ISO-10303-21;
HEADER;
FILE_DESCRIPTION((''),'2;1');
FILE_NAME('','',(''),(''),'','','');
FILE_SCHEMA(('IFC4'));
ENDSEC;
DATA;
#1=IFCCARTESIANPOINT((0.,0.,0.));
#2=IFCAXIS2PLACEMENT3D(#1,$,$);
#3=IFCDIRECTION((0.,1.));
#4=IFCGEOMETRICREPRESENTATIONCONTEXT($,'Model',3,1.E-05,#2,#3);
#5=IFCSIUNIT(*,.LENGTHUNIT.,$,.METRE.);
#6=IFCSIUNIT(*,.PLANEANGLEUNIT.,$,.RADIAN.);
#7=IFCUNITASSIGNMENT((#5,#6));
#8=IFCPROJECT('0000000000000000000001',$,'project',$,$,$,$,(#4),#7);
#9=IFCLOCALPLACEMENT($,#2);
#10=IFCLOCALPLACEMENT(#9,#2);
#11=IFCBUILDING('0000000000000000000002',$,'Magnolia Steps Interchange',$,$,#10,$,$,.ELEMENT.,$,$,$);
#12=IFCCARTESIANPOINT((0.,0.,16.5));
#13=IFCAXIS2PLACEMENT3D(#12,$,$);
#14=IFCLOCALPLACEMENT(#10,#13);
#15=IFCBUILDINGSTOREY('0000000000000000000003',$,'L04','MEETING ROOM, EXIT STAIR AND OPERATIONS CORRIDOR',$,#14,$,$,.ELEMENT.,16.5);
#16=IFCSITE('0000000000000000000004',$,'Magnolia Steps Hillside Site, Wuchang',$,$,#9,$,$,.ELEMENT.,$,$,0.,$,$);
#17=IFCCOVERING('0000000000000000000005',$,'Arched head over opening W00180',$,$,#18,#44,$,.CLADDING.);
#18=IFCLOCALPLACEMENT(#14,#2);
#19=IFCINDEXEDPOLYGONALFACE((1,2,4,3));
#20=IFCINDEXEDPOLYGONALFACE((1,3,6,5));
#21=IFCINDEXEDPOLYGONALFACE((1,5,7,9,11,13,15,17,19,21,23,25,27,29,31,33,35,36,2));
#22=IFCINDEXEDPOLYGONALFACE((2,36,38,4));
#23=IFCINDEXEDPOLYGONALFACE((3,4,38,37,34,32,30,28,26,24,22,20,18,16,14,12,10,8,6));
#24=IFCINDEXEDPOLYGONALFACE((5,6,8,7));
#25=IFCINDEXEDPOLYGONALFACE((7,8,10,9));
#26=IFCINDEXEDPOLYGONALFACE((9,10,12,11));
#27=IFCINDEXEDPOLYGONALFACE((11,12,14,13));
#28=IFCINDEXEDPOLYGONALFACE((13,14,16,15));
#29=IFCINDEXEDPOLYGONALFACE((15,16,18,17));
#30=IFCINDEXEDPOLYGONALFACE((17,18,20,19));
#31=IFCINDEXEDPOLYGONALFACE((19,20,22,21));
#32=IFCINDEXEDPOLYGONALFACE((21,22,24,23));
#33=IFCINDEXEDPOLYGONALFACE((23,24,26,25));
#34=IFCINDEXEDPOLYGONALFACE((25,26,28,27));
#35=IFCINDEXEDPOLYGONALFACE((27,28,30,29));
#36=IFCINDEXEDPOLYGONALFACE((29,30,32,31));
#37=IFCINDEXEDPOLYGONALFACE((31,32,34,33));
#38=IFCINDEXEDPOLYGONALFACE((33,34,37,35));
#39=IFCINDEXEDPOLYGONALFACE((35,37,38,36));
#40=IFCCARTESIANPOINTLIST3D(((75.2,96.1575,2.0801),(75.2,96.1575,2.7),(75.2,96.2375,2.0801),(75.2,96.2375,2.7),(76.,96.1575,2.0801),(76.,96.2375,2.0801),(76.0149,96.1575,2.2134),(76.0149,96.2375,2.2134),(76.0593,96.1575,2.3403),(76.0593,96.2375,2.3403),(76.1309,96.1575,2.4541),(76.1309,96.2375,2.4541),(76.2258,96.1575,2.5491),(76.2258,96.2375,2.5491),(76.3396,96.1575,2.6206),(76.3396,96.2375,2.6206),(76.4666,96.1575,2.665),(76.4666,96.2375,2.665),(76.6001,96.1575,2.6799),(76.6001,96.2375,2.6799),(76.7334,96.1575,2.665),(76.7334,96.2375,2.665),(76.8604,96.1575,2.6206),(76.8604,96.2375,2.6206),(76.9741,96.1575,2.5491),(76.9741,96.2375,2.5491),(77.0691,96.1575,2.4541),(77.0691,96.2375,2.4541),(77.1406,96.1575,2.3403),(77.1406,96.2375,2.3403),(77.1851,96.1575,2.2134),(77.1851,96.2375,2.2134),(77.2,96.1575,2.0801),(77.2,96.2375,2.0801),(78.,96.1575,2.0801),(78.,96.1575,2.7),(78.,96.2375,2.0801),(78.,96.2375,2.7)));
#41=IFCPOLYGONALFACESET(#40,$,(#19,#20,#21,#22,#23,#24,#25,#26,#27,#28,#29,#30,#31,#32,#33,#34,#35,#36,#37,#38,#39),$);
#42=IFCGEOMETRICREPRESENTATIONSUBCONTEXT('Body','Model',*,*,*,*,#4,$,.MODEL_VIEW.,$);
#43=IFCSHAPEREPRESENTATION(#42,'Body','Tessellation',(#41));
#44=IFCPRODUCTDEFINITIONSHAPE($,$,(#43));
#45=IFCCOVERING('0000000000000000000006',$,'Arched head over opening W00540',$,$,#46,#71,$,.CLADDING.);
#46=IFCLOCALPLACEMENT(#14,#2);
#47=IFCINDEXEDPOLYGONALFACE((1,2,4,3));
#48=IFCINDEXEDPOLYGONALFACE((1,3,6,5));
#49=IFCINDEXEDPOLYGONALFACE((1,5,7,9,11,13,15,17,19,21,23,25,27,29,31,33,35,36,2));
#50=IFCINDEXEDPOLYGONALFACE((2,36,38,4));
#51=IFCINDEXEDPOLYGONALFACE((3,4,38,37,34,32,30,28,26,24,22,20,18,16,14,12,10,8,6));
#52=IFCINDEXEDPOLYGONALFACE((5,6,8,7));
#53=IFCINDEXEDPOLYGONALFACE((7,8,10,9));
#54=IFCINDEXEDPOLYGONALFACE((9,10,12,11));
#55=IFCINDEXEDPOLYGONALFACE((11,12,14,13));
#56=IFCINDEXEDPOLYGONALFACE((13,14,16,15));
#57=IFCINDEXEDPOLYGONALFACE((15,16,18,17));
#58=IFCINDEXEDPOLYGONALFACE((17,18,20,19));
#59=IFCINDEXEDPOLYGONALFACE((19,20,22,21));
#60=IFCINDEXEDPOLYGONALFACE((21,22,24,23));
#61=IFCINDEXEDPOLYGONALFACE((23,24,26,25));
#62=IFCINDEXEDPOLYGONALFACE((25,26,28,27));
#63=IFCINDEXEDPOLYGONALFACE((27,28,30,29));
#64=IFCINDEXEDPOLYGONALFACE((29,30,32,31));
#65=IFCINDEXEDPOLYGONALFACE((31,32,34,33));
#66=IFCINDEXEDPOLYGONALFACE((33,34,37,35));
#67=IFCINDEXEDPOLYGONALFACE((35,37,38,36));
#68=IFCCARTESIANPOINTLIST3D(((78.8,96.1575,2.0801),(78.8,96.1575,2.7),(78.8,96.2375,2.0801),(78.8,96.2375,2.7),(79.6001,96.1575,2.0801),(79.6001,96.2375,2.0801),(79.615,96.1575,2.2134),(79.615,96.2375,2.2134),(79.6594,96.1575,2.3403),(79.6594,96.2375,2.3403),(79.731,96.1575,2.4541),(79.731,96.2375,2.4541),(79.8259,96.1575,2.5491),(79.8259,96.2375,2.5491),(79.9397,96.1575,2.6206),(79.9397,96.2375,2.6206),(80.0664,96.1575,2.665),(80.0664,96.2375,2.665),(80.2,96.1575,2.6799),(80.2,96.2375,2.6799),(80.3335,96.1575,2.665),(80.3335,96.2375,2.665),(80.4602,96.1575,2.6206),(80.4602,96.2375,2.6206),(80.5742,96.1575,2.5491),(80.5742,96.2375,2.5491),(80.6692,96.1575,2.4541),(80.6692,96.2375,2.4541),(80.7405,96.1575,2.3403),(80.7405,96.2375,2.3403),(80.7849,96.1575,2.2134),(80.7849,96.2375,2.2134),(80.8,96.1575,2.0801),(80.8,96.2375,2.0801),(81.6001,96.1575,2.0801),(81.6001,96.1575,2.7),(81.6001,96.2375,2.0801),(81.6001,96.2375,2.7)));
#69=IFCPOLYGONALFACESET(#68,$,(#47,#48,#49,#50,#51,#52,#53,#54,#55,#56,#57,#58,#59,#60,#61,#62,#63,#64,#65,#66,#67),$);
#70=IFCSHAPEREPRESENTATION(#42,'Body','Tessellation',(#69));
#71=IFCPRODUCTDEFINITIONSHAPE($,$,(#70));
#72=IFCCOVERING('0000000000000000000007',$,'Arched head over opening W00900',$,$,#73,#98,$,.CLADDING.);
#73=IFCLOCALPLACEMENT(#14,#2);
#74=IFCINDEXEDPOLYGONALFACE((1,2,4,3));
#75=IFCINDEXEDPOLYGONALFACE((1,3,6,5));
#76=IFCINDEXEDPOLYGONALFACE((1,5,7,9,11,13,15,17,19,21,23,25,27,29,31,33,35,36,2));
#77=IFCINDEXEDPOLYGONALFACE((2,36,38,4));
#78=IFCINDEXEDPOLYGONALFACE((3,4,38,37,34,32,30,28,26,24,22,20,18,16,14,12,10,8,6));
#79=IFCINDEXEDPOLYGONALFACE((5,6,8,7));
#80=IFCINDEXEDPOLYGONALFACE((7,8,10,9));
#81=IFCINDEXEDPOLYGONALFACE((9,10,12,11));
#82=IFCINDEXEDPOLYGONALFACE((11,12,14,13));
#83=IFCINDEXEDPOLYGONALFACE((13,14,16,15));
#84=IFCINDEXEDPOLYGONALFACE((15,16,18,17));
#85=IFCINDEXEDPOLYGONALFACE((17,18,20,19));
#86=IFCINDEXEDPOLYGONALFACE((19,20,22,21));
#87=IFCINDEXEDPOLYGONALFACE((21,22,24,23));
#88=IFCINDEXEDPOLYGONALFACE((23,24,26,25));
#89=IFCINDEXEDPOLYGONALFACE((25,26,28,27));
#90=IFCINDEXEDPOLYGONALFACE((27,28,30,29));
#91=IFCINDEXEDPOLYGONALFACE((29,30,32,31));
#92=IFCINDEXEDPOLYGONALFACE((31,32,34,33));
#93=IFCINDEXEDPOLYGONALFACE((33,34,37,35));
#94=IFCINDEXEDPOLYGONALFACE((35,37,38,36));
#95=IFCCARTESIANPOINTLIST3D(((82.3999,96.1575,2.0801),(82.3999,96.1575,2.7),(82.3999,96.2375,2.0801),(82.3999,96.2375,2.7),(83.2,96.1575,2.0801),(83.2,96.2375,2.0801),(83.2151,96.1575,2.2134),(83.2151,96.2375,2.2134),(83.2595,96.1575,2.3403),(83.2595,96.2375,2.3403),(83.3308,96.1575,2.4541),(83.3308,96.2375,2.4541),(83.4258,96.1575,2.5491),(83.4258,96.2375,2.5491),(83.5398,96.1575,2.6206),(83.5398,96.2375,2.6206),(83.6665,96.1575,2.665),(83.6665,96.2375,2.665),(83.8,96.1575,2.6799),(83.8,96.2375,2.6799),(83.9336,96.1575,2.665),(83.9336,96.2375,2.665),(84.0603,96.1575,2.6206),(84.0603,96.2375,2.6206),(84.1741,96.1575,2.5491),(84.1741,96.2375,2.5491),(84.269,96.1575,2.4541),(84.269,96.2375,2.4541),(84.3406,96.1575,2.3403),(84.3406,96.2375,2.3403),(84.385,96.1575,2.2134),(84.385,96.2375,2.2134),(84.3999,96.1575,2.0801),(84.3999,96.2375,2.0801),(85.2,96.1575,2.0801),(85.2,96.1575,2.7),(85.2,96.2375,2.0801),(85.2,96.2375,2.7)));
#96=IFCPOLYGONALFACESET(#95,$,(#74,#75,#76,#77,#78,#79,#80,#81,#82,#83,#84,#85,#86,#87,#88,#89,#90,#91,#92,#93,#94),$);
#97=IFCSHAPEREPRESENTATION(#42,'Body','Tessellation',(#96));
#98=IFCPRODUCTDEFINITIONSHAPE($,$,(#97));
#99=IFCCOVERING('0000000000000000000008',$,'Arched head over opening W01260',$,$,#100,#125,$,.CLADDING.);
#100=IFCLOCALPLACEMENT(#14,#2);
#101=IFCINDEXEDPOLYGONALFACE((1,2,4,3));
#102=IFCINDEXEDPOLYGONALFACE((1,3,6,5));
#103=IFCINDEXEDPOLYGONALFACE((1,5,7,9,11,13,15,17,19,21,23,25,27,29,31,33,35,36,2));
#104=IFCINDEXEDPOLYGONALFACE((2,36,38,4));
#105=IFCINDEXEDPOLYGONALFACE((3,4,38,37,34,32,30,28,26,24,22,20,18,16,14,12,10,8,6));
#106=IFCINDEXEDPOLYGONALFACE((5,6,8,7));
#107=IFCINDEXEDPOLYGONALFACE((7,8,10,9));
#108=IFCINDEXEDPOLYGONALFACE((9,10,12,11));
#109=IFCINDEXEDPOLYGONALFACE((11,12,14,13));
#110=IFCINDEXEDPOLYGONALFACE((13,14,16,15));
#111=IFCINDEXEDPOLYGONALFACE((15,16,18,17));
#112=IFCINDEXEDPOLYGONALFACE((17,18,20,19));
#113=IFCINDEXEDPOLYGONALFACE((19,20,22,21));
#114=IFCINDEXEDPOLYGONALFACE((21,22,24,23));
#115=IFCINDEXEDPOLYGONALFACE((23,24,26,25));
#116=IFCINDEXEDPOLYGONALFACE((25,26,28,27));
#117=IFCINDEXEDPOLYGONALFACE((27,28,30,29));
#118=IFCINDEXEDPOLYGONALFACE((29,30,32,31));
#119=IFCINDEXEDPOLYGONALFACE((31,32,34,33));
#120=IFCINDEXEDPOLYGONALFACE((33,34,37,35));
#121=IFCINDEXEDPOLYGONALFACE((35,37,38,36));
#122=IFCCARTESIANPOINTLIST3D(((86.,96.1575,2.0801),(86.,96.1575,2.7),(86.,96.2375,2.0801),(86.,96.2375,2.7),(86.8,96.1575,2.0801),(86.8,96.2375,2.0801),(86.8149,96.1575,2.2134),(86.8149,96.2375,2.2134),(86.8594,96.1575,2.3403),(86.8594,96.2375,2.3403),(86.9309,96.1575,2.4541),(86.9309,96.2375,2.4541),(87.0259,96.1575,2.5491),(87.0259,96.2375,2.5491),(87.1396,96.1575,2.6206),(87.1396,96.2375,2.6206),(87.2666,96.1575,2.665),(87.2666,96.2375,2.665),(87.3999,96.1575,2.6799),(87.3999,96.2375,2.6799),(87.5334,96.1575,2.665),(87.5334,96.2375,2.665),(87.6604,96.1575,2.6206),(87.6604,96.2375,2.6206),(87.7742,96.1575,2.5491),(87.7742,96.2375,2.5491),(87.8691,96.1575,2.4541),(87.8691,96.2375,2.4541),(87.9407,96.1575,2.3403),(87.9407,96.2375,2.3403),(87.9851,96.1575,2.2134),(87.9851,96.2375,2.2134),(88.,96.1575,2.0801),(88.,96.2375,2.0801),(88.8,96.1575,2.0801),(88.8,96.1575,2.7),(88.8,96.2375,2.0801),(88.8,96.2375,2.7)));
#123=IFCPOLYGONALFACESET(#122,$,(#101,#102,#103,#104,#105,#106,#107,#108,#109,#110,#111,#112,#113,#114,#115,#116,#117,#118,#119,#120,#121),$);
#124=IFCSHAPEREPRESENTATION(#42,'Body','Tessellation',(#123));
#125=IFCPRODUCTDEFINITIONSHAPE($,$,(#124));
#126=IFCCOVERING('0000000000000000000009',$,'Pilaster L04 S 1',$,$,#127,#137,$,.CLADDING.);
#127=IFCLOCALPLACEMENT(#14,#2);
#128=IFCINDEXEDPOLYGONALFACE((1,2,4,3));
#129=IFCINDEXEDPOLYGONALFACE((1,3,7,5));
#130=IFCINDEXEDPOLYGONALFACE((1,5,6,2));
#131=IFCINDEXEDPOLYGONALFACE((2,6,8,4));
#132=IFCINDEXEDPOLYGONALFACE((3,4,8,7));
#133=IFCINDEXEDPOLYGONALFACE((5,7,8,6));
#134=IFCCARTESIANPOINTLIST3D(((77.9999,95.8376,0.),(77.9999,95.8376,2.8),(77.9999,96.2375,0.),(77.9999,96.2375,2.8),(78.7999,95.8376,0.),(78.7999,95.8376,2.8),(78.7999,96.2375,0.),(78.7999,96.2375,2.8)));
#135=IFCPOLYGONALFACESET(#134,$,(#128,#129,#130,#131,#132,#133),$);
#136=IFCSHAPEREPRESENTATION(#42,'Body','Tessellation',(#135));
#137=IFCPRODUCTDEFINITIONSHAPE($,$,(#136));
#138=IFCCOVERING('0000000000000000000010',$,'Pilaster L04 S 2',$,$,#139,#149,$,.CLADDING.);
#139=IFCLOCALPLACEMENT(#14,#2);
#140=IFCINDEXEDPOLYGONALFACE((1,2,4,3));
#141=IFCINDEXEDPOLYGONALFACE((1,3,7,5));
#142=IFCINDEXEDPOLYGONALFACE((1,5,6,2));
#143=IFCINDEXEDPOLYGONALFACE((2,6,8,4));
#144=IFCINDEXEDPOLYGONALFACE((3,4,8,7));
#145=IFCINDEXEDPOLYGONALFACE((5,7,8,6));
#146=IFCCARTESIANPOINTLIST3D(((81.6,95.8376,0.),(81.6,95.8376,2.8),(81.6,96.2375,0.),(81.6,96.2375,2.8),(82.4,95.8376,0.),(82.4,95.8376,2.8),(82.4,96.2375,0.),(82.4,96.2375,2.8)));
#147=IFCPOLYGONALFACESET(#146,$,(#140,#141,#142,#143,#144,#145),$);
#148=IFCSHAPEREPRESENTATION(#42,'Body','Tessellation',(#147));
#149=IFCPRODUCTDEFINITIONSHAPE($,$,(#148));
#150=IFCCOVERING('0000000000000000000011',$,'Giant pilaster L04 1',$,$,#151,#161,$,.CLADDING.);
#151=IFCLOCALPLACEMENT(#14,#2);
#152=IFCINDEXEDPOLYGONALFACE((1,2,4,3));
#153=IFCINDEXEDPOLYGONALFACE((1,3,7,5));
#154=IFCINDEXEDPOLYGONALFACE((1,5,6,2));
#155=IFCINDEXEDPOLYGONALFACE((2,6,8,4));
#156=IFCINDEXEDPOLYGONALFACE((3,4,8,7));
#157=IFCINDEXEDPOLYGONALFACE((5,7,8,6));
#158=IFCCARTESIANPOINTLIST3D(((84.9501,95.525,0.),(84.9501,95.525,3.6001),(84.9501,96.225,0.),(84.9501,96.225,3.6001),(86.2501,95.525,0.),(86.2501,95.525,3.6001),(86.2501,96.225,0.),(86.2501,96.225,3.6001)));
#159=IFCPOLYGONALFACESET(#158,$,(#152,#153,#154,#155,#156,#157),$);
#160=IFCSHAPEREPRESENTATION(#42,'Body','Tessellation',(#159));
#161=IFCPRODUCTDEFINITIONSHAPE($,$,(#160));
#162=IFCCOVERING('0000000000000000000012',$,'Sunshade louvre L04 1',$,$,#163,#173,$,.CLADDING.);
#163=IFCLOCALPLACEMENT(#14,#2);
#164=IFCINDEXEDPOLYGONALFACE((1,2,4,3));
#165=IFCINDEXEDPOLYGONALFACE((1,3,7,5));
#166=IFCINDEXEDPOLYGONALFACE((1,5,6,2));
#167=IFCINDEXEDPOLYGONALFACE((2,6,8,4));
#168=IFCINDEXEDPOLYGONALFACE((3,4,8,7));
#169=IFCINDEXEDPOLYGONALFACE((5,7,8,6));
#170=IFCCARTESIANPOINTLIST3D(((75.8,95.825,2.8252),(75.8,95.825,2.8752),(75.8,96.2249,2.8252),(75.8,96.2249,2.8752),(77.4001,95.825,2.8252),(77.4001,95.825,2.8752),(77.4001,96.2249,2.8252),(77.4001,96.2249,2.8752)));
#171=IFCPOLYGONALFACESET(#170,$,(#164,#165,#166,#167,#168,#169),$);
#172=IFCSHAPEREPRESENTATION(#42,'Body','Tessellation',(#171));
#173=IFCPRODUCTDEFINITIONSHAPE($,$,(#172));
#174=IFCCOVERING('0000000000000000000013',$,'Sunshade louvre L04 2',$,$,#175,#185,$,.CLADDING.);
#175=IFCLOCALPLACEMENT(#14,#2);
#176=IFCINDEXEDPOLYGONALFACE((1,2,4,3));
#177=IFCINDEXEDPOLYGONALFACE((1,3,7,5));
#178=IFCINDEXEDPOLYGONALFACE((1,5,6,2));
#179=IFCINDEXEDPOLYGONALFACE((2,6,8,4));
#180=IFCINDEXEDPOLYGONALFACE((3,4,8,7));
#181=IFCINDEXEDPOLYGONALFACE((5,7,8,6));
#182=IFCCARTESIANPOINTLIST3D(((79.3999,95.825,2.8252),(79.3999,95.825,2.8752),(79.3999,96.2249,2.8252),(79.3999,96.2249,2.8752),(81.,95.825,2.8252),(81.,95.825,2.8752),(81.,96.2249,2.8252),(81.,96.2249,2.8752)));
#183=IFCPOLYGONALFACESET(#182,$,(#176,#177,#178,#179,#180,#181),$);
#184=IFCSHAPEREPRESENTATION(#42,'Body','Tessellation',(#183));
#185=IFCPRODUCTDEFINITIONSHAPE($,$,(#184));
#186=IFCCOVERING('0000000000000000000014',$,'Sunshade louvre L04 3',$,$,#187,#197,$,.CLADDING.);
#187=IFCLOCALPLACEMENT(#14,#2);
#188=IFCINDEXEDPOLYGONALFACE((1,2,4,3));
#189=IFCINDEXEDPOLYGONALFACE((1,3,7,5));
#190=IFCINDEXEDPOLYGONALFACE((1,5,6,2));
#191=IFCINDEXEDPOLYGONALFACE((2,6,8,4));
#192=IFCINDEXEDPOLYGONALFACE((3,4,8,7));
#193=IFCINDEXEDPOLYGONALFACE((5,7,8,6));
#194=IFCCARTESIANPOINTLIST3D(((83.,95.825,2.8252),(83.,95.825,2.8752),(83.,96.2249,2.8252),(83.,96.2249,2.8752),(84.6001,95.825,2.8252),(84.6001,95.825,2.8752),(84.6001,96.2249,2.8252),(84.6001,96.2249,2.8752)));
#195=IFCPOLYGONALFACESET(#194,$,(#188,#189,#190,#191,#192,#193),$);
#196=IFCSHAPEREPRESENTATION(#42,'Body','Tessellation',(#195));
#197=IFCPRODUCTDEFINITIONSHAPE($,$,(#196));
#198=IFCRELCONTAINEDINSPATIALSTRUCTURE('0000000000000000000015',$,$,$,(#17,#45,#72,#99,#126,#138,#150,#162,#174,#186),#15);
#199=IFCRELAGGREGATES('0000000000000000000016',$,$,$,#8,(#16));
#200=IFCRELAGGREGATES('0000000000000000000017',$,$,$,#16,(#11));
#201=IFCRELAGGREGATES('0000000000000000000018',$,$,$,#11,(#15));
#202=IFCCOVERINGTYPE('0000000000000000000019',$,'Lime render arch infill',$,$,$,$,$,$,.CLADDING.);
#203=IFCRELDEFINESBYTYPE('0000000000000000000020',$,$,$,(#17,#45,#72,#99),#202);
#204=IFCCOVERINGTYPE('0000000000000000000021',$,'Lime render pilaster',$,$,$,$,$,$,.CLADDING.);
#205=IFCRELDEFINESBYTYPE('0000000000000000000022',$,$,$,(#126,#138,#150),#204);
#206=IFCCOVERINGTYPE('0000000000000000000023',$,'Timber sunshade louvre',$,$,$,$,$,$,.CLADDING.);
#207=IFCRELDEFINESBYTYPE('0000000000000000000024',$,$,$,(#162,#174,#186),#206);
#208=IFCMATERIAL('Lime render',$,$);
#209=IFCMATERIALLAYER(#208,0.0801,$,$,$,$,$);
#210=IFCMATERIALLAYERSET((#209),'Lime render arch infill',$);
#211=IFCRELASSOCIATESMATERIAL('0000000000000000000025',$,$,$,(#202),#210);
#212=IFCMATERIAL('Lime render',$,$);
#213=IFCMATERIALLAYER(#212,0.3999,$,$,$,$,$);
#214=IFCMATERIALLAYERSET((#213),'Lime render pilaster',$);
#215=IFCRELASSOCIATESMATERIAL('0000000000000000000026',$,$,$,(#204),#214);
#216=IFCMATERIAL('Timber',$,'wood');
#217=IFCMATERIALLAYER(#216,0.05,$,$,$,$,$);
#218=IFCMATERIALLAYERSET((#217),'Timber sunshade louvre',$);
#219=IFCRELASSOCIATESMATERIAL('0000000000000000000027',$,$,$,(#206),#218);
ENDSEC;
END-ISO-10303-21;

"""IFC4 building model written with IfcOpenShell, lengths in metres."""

from ifc_helpers import new_model, si_unit, direction, frame, origin, origin_2d, place, context, subcontext, project, spatial, polyline, rectangle, outline, extrude, material, layer, layer_set, type_object, element, save


model = new_model("IFC4")

# Units and contexts
model_context = context("Model", 3, precision=1e-05, world=origin(), true_north=direction((0.0, 1.0)))
body_context = subcontext(model_context, "Body", "Model", "MODEL_VIEW")
ifc_project = project(units=[si_unit("LENGTHUNIT", "METRE"), si_unit("PLANEANGLEUNIT", "RADIAN")], contexts=[model_context])

# Site, building, storey
site_placement = place(None, origin())
site = spatial("IfcSite", under=ifc_project, at=site_placement, Name="Magnolia Steps Hillside Site, Wuchang", CompositionType="ELEMENT", RefElevation=0.0)
building_placement = place(site_placement, origin())
building = spatial("IfcBuilding", under=site, at=building_placement, Name="Magnolia Steps Interchange", CompositionType="ELEMENT")
storey_placement = place(building_placement, frame((0.0, 0.0, 16.5)))
storey = spatial("IfcBuildingStorey", under=building, at=storey_placement, Name="L04", Description="MEETING ROOM, EXIT STAIR AND OPERATIONS CORRIDOR", CompositionType="ELEMENT", Elevation=16.5)

# Coverings
ifc_material_1 = material(Name="Lime render")
ifc_layer_1 = layer(ifc_material_1, 0.0801)
ifc_layer_set_1 = layer_set([ifc_layer_1], Name="Lime render arch infill")
covering_type_1 = type_object("IfcCoveringType", Name="Lime render arch infill", PredefinedType="CLADDING", material=ifc_layer_set_1)
covering_1_placement = place(storey_placement, frame((75.2, 96.2375, 2.0801), z_axis=(0.0, 1.0, 0.0), x_axis=(0.0, 0.0, 1.0)))
element("IfcCovering", 1, at=covering_1_placement, inside=storey, type_object=covering_type_1, Name="Arched head over opening W00180", PredefinedType="CLADDING", context=body_context, shape_type="SweptSolid", body=[
    extrude(outline(polyline([(0.0, 0.0), (0.6199, 0.0), (0.6199, 2.8), (0.0, 2.8), (0.0, 2.0), (0.1333, 1.9851), (0.2603, 1.9407), (0.374, 1.8691), (0.469, 1.7742), (0.5405, 1.6604), (0.585, 1.5334), (0.5999, 1.4001), (0.585, 1.2666), (0.5405, 1.1396), (0.469, 1.0259), (0.374, 0.9309), (0.2603, 0.8594), (0.1333, 0.8149), (0.0, 0.8), (0.0, 0.0)])), origin(), (0.0, 0.0, -1.0), 0.0801),
])
covering_2_placement = place(storey_placement, frame((78.8, 96.2375, 2.0801), z_axis=(0.0, 1.0, 0.0), x_axis=(0.0, 0.0, 1.0)))
element("IfcCovering", 2, at=covering_2_placement, inside=storey, type_object=covering_type_1, Name="Arched head over opening W00540", PredefinedType="CLADDING", context=body_context, shape_type="SweptSolid", body=[
    extrude(outline(polyline([(0.0, 0.0), (0.6199, 0.0), (0.6199, 2.8), (0.0, 2.8), (0.0, 2.0), (0.1333, 1.9849), (0.2603, 1.9404), (0.374, 1.8691), (0.469, 1.7742), (0.5405, 1.6602), (0.585, 1.5334), (0.5999, 1.3999), (0.585, 1.2664), (0.5405, 1.1396), (0.469, 1.0259), (0.374, 0.9309), (0.2603, 0.8594), (0.1333, 0.8149), (0.0, 0.8), (0.0, 0.0)])), origin(), (0.0, 0.0, -1.0), 0.0801),
])
covering_3_placement = place(storey_placement, frame((82.3999, 96.2375, 2.0801), z_axis=(0.0, 1.0, 0.0), x_axis=(0.0, 0.0, 1.0)))
element("IfcCovering", 3, at=covering_3_placement, inside=storey, type_object=covering_type_1, Name="Arched head over opening W00900", PredefinedType="CLADDING", context=body_context, shape_type="SweptSolid", body=[
    extrude(outline(polyline([(0.0, 0.0), (0.6199, 0.0), (0.6199, 2.8), (0.0, 2.8), (0.0, 2.0), (0.1333, 1.9851), (0.2603, 1.9407), (0.374, 1.8691), (0.469, 1.7742), (0.5405, 1.6604), (0.585, 1.5337), (0.5999, 1.4001), (0.585, 1.2666), (0.5405, 1.1399), (0.469, 1.0259), (0.374, 0.9309), (0.2603, 0.8596), (0.1333, 0.8152), (0.0, 0.8), (0.0, 0.0)])), origin(), (0.0, 0.0, -1.0), 0.0801),
])
covering_4_placement = place(storey_placement, frame((86.0, 96.2375, 2.0801), z_axis=(0.0, 1.0, 0.0), x_axis=(0.0, 0.0, 1.0)))
element("IfcCovering", 4, at=covering_4_placement, inside=storey, type_object=covering_type_1, Name="Arched head over opening W01260", PredefinedType="CLADDING", context=body_context, shape_type="SweptSolid", body=[
    extrude(outline(polyline([(0.0, 0.0), (0.6199, 0.0), (0.6199, 2.8), (0.0, 2.8), (0.0, 2.0), (0.1333, 1.9851), (0.2603, 1.9407), (0.374, 1.8691), (0.469, 1.7742), (0.5405, 1.6604), (0.585, 1.5334), (0.5999, 1.3999), (0.585, 1.2666), (0.5405, 1.1396), (0.469, 1.0259), (0.374, 0.9309), (0.2603, 0.8594), (0.1333, 0.8149), (0.0, 0.8), (0.0, 0.0)])), origin(), (0.0, 0.0, -1.0), 0.0801),
])
ifc_material_2 = material(Name="Lime render")
ifc_layer_2 = layer(ifc_material_2, 0.3999)
ifc_layer_set_2 = layer_set([ifc_layer_2], Name="Lime render pilaster")
covering_type_2 = type_object("IfcCoveringType", Name="Lime render pilaster", PredefinedType="CLADDING", material=ifc_layer_set_2)
for number, where, z_axis, x_axis, name in (
    (5, (78.3999, 96.0376, 0.0), (0.0, 0.0, 1.0), (1.0, 0.0, 0.0), "Pilaster L04 S 1"),
    (6, (82.0, 96.0376, 0.0), (0.0, 0.0, 1.0), (1.0, 0.0, 0.0), "Pilaster L04 S 2"),
):
    element("IfcCovering", number, at=place(storey_placement, frame(where, z_axis=z_axis, x_axis=x_axis)), inside=storey, type_object=covering_type_2, Name=name, PredefinedType="CLADDING", context=body_context, shape_type="SweptSolid", body=[
        extrude(rectangle(XDim=0.8, YDim=0.3999, at=origin_2d()), origin(), (0.0, 0.0, 1.0), 2.8),
    ])
covering_5_placement = place(storey_placement, frame((85.6001, 95.875, 0.0), z_axis=(0.0, 0.0, 1.0), x_axis=(1.0, 0.0, 0.0)))
element("IfcCovering", 7, at=covering_5_placement, inside=storey, type_object=covering_type_2, Name="Giant pilaster L04 1", PredefinedType="CLADDING", context=body_context, shape_type="SweptSolid", body=[
    extrude(rectangle(XDim=1.3, YDim=0.7, at=origin_2d()), origin(), (0.0, 0.0, 1.0), 3.6001),
])
ifc_material_3 = material(Name="Timber", Category="wood")
ifc_layer_3 = layer(ifc_material_3, 0.05)
ifc_layer_set_3 = layer_set([ifc_layer_3], Name="Timber sunshade louvre")
covering_type_3 = type_object("IfcCoveringType", Name="Timber sunshade louvre", PredefinedType="CLADDING", material=ifc_layer_set_3)
for number, where, z_axis, x_axis, name in (
    (8, (76.6001, 96.0249, 2.8252), (0.0, 0.0, 1.0), (1.0, 0.0, 0.0), "Sunshade louvre L04 1"),
    (9, (80.2, 96.0249, 2.8252), (0.0, 0.0, 1.0), (1.0, 0.0, 0.0), "Sunshade louvre L04 2"),
    (10, (83.8, 96.0249, 2.8252), (0.0, 0.0, 1.0), (1.0, 0.0, 0.0), "Sunshade louvre L04 3"),
):
    element("IfcCovering", number, at=place(storey_placement, frame(where, z_axis=z_axis, x_axis=x_axis)), inside=storey, type_object=covering_type_3, Name=name, PredefinedType="CLADDING", context=body_context, shape_type="SweptSolid", body=[
        extrude(rectangle(XDim=1.6001, YDim=0.3999, at=origin_2d()), origin(), (0.0, 0.0, 1.0), 0.05),
    ])

save(model, "model.ifc")
